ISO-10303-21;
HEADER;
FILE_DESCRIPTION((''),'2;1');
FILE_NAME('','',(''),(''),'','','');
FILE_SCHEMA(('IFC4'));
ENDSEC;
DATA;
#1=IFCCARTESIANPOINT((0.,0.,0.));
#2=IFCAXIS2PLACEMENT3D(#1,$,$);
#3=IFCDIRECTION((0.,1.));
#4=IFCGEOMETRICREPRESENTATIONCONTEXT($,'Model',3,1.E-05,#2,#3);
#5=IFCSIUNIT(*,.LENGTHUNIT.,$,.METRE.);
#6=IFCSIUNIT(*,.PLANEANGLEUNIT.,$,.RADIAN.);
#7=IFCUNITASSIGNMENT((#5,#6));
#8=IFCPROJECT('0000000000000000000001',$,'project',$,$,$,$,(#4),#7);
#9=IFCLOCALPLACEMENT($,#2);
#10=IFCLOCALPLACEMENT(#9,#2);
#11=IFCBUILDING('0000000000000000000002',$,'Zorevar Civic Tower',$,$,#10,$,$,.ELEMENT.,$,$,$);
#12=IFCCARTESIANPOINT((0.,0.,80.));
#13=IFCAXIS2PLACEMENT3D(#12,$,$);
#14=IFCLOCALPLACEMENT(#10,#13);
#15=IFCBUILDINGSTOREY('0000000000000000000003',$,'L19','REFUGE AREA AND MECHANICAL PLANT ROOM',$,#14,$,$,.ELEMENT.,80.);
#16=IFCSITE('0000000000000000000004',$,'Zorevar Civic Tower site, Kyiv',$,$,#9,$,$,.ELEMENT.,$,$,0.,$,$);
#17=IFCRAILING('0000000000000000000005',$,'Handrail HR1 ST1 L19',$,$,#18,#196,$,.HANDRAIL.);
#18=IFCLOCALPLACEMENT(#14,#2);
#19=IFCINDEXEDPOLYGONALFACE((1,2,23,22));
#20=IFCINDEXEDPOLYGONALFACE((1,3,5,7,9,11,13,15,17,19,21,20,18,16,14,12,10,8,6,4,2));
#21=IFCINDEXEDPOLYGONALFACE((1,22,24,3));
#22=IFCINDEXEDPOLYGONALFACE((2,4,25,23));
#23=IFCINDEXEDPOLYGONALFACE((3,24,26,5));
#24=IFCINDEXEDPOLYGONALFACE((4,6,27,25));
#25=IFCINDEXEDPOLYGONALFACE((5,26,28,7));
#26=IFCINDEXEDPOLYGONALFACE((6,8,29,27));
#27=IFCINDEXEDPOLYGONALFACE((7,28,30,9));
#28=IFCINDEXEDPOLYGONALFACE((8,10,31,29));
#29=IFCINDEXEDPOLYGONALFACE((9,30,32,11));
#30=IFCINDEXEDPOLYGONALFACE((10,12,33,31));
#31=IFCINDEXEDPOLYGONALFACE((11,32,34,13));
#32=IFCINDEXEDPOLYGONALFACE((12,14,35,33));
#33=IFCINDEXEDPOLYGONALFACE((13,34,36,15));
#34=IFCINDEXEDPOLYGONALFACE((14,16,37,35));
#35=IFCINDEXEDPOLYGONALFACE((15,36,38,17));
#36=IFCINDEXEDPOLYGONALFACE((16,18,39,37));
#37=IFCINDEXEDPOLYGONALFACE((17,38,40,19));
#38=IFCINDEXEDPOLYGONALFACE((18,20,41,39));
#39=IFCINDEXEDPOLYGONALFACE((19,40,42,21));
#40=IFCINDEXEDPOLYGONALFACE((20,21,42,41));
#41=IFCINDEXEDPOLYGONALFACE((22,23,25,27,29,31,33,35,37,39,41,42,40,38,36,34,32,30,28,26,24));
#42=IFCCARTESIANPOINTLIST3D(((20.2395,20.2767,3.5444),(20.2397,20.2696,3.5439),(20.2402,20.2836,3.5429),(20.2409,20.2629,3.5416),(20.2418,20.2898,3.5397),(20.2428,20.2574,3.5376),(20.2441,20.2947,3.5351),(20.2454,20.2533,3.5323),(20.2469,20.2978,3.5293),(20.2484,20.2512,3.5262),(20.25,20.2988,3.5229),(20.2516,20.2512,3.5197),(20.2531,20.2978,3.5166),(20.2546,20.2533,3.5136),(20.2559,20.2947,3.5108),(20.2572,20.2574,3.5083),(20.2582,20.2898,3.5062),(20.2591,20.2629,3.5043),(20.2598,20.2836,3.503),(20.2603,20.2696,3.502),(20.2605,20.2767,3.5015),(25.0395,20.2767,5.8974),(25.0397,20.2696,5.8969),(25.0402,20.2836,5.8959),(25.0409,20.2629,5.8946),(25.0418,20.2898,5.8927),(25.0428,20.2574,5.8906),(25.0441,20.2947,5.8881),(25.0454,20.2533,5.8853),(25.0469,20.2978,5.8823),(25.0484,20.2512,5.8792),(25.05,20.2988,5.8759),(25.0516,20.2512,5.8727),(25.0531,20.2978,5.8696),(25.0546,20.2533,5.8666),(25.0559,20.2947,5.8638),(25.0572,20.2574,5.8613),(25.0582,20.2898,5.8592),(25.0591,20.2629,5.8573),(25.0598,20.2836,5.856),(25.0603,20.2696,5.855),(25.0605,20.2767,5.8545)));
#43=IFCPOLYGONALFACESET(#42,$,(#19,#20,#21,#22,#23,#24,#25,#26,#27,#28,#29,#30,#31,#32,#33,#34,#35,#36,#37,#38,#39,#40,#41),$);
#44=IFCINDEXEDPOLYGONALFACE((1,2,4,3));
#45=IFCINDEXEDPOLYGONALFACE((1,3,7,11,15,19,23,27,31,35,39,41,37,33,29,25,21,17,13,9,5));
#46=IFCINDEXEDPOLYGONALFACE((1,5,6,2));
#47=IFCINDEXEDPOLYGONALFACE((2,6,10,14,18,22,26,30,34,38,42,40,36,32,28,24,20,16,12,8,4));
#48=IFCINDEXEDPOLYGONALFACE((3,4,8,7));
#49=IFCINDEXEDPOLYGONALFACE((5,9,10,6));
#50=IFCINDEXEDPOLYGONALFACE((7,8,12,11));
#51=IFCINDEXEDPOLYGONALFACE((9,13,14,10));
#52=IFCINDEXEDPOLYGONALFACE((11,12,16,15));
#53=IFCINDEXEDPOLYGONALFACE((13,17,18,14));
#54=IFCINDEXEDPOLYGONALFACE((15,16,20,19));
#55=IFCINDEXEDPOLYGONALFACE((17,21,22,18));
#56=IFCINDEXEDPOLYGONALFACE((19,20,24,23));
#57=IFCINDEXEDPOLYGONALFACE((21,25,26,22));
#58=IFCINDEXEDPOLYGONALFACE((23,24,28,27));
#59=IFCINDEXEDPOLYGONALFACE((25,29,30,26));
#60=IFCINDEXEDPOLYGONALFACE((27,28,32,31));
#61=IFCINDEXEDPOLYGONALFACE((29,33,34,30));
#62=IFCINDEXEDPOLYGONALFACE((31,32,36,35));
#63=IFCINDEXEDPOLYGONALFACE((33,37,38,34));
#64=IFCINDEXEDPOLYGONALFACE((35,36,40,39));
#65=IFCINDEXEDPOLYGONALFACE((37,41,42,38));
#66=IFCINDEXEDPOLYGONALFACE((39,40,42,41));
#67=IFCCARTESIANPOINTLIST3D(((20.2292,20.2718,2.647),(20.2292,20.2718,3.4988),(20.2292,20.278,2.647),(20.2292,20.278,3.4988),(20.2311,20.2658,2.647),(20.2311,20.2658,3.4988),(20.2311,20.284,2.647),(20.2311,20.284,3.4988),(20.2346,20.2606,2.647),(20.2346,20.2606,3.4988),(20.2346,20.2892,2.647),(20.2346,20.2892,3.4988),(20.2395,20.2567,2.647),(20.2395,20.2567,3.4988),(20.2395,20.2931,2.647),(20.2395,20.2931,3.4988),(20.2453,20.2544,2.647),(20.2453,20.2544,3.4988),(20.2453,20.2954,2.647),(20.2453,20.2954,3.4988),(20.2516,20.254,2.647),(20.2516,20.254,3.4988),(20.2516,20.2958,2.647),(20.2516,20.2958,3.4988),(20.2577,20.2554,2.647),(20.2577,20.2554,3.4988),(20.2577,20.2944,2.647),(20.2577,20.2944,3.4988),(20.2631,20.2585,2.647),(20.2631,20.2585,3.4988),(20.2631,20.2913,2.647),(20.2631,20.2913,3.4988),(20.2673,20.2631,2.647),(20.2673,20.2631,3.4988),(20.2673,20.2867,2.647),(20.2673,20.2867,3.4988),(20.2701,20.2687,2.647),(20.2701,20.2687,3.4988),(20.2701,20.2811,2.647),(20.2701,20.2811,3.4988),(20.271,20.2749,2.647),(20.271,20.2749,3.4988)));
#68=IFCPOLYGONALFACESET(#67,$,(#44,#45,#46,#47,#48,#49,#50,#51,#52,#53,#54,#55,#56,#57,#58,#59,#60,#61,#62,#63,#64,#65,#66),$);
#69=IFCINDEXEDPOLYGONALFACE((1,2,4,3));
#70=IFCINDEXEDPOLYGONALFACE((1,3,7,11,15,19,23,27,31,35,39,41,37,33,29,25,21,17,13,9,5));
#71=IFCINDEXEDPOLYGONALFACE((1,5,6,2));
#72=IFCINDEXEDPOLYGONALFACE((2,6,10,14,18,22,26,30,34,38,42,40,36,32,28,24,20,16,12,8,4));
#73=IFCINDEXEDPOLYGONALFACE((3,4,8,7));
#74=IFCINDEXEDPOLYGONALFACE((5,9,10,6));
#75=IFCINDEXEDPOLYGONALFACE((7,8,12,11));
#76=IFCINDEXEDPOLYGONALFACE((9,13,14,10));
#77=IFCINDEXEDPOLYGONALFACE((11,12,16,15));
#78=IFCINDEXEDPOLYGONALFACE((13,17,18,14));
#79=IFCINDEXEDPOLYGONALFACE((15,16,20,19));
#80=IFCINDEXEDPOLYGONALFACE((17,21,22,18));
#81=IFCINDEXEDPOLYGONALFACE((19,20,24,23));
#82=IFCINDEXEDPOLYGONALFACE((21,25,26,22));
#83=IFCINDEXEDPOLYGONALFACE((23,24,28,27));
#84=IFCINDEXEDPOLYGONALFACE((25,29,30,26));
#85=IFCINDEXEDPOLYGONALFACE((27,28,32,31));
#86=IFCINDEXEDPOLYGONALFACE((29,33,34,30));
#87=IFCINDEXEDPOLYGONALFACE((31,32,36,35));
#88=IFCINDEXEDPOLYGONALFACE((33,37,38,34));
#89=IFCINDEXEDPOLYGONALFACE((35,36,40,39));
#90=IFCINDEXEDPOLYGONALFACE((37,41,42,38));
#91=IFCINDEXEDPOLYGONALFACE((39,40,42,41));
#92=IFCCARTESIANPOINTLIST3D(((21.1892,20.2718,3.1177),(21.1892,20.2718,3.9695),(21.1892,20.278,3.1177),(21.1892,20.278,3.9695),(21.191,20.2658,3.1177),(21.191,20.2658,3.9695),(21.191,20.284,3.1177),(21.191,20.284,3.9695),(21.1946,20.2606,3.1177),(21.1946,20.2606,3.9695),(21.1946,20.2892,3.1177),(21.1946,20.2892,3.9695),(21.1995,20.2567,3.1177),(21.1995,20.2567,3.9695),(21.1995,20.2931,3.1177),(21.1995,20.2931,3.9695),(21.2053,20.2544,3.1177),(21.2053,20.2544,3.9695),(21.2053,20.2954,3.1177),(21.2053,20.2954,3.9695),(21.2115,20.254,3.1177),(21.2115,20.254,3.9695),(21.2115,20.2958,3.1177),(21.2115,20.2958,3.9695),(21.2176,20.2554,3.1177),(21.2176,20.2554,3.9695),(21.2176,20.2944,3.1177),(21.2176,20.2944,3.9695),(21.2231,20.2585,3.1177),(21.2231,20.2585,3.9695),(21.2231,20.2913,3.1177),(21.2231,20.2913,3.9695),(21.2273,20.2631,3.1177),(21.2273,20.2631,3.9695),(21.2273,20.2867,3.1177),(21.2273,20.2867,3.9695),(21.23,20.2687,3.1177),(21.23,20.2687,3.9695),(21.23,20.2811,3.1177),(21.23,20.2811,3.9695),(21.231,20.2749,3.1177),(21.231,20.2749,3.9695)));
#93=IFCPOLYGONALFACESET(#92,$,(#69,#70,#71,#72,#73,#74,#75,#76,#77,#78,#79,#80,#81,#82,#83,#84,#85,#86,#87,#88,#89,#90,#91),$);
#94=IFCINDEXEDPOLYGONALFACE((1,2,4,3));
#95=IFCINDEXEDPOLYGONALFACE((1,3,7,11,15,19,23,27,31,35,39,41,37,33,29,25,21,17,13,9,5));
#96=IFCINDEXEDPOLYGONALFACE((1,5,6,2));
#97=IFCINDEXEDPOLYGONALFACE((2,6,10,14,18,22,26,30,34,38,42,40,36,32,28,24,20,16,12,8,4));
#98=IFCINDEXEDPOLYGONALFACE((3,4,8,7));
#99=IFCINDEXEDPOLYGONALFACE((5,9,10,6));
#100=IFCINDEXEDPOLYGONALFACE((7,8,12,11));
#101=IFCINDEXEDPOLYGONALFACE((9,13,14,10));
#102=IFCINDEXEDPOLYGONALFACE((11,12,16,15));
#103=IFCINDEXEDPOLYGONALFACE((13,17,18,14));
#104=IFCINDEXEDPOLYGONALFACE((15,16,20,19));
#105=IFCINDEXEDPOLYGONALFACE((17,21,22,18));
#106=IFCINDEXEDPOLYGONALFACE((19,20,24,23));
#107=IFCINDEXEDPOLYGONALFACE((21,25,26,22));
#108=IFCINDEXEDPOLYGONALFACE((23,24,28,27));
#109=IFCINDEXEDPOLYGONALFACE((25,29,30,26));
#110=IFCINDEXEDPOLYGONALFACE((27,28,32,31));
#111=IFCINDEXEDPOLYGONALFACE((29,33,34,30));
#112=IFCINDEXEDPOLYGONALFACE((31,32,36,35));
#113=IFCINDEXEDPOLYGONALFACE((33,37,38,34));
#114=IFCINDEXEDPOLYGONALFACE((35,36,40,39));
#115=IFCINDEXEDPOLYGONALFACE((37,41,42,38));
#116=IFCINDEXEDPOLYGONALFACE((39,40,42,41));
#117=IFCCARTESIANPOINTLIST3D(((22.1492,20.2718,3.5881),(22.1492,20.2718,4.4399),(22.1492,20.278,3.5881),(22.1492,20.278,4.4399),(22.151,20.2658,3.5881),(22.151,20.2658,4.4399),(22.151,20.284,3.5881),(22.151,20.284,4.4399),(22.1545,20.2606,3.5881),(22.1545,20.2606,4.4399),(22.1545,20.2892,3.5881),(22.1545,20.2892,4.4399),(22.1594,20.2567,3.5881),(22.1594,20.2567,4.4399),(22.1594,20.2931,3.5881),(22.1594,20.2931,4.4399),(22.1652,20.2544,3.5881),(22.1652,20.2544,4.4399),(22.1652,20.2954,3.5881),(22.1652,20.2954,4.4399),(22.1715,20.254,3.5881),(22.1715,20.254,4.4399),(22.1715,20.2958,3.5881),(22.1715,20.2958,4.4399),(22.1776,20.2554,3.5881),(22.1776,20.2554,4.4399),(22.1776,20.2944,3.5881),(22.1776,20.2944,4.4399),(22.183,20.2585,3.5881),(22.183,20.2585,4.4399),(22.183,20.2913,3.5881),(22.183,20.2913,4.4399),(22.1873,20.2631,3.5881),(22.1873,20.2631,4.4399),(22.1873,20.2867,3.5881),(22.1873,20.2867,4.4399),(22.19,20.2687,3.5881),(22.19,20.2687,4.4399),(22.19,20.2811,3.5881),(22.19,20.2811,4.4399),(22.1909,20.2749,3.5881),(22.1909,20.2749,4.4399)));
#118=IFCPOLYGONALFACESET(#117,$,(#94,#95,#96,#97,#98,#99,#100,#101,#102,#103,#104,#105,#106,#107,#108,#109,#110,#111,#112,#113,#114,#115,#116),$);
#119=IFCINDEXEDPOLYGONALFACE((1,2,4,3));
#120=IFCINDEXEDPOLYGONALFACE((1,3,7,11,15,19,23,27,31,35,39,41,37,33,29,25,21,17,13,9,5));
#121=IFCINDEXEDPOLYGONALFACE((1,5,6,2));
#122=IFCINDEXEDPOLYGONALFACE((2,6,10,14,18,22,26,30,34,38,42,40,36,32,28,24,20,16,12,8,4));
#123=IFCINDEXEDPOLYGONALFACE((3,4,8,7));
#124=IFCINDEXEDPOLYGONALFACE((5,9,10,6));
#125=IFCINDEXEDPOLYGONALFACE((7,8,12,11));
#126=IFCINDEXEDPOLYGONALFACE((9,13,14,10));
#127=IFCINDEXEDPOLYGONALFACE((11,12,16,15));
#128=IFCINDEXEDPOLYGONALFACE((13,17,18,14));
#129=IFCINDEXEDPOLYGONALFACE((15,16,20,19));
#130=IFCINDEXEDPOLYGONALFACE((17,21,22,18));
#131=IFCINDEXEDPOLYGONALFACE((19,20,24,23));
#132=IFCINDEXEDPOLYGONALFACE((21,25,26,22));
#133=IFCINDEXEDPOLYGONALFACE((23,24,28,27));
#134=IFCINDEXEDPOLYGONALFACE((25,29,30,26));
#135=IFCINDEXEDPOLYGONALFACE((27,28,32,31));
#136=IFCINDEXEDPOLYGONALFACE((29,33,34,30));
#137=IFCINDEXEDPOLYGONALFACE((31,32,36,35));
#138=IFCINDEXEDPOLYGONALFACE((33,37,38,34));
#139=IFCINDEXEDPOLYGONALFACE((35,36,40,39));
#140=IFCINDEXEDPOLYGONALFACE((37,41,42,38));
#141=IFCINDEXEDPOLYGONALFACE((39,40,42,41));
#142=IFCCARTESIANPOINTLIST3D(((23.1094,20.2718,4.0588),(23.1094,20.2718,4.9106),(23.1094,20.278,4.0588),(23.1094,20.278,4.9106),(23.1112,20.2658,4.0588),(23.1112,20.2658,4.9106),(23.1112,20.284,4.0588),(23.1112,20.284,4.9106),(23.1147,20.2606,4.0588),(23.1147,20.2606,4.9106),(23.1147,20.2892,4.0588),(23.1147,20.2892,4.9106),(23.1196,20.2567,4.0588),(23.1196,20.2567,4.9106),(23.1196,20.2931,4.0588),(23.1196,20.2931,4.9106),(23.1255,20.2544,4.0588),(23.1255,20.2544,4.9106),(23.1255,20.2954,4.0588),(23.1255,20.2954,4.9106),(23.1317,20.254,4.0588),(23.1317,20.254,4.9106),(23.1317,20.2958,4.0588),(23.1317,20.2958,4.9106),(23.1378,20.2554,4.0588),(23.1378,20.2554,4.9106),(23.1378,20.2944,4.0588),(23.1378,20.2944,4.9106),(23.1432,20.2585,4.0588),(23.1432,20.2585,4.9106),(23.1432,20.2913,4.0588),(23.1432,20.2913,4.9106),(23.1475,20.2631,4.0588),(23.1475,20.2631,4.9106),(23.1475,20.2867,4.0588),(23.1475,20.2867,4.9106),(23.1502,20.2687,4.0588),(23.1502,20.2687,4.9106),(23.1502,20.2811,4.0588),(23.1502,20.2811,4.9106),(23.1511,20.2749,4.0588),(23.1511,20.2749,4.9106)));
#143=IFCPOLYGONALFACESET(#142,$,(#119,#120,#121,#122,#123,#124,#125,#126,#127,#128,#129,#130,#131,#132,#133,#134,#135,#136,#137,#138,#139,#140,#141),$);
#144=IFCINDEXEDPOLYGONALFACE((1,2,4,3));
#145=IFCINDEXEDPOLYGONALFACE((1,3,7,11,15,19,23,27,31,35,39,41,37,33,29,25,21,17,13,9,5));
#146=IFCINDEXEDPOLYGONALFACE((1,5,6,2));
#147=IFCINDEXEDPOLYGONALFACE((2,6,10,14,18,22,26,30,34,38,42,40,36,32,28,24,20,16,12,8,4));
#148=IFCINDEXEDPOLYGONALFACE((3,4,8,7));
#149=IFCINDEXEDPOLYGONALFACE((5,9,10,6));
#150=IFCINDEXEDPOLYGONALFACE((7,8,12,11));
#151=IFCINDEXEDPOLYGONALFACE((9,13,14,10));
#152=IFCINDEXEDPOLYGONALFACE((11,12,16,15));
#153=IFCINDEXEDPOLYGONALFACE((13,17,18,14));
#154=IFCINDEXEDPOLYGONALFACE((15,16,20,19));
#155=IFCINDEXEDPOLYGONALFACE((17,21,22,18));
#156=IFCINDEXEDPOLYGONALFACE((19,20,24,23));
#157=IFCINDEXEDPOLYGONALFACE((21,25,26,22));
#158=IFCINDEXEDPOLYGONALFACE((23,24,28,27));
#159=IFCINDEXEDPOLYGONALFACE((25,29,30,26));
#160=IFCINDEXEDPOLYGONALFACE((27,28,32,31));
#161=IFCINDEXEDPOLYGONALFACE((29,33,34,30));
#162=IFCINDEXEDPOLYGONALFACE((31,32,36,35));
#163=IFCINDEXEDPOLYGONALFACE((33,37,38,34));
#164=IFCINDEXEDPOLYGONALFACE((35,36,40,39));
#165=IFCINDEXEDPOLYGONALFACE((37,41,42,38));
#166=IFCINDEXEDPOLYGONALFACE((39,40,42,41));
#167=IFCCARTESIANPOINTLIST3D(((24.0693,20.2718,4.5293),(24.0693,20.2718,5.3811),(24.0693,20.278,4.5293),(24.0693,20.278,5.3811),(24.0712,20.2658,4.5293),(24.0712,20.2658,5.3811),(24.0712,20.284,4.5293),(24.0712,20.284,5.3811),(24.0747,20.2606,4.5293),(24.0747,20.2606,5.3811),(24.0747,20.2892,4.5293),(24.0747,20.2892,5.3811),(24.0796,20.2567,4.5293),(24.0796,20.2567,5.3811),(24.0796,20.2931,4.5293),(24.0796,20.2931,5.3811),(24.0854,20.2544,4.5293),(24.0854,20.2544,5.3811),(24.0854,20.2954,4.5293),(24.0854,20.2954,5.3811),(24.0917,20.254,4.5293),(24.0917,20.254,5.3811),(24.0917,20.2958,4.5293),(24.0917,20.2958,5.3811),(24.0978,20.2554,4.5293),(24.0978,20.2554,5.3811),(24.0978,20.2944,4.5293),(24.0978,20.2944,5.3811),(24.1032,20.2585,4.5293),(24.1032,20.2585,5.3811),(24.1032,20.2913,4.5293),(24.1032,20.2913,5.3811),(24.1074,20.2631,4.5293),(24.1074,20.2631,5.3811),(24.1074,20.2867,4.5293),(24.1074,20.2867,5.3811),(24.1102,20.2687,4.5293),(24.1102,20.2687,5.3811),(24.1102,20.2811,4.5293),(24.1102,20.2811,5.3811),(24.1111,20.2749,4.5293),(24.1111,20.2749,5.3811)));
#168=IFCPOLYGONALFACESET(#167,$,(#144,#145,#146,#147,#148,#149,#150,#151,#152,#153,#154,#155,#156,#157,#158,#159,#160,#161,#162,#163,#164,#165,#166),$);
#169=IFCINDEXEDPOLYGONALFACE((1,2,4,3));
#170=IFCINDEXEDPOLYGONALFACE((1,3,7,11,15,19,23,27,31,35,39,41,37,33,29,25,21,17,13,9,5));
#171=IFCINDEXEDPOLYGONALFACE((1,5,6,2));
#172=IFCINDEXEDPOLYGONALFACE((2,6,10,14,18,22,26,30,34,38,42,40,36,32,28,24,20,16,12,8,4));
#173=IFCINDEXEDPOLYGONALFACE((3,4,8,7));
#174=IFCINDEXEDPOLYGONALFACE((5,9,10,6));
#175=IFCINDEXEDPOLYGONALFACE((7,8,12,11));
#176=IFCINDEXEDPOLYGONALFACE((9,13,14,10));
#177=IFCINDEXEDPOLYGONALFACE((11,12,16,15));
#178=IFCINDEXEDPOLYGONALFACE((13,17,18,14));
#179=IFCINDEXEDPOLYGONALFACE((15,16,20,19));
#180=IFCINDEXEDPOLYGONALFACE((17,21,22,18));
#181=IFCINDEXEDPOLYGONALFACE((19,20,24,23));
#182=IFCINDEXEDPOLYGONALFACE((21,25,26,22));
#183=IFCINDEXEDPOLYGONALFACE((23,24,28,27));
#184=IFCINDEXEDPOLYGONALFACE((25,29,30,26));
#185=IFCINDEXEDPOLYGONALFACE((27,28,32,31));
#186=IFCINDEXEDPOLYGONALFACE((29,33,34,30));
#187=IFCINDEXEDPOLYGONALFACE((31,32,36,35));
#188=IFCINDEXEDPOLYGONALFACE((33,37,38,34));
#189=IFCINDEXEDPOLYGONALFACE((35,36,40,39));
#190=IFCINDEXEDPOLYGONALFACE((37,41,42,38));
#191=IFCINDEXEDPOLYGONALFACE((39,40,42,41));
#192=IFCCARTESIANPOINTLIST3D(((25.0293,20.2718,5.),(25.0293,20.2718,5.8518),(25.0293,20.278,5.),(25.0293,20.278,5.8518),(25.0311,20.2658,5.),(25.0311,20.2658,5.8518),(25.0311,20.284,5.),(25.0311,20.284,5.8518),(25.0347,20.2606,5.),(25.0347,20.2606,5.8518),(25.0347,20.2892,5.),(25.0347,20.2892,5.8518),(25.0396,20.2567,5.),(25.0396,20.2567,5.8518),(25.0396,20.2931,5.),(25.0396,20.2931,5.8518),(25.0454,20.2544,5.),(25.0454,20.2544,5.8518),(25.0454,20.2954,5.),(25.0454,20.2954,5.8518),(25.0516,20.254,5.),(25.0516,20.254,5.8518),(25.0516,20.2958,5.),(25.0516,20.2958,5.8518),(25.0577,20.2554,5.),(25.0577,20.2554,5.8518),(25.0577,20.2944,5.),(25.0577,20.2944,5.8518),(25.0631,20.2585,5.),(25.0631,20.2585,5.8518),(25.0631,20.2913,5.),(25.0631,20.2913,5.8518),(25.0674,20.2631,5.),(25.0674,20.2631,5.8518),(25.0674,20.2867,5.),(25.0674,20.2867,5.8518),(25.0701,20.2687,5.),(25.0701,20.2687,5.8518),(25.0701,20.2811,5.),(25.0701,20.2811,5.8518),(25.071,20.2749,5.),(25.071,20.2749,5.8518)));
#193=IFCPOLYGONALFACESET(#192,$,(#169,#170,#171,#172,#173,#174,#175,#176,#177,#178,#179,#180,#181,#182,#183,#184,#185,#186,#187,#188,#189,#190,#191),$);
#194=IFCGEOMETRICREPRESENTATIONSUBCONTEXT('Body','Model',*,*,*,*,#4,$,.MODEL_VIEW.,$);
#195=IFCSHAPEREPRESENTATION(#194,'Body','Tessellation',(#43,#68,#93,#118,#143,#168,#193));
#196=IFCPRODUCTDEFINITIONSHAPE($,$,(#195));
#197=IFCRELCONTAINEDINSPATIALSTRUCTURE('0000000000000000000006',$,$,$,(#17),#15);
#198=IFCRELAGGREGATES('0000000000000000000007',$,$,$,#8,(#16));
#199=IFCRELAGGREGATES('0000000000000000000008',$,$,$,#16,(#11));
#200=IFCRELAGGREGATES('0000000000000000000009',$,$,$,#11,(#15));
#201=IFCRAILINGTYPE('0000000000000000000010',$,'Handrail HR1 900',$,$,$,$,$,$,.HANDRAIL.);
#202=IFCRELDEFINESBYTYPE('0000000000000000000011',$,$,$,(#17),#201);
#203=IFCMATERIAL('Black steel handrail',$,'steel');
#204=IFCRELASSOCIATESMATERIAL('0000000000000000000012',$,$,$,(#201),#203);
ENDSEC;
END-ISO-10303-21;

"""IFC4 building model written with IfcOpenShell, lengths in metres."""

from ifc_helpers import new_model, si_unit, direction, frame, origin, origin_2d, place, context, subcontext, project, spatial, circle, extrude, material, type_object, element, save


model = new_model("IFC4")

# Units and contexts
model_context = context("Model", 3, precision=1e-05, world=origin(), true_north=direction((0.0, 1.0)))
body_context = subcontext(model_context, "Body", "Model", "MODEL_VIEW")
ifc_project = project(units=[si_unit("LENGTHUNIT", "METRE"), si_unit("PLANEANGLEUNIT", "RADIAN")], contexts=[model_context])

# Site, building, storey
site_placement = place(None, origin())
site = spatial("IfcSite", under=ifc_project, at=site_placement, Name="Zorevar Civic Tower site, Kyiv", CompositionType="ELEMENT", RefElevation=0.0)
building_placement = place(site_placement, origin())
building = spatial("IfcBuilding", under=site, at=building_placement, Name="Zorevar Civic Tower", CompositionType="ELEMENT")
storey_placement = place(building_placement, frame((0.0, 0.0, 80.0)))
storey = spatial("IfcBuildingStorey", under=building, at=storey_placement, Name="L19", Description="REFUGE AREA AND MECHANICAL PLANT ROOM", CompositionType="ELEMENT", Elevation=80.0)

# Railing
ifc_material_1 = material(Name="Black steel handrail", Category="steel")
railing_type = type_object("IfcRailingType", Name="Handrail HR1 900", PredefinedType="HANDRAIL", material=ifc_material_1)
railing_1_placement = place(storey_placement, frame((20.25, 20.2749, 2.647)))
element("IfcRailing", 1, at=railing_1_placement, inside=storey, type_object=railing_type, Name="Handrail HR1 ST1 L19", PredefinedType="HANDRAIL", context=body_context, shape_type="SweptSolid", body=[
    extrude(circle(Radius=0.0239, at=origin_2d()), frame((0.0, 0.0, 0.876), z_axis=(0.897916, 0.0, 0.440167), x_axis=(0.0, 1.0, 0.0)), (0.0, 0.0, 1.0), 5.3457),
    extrude(circle(Radius=0.021, at=origin_2d()), origin(), (0.0, 0.0, 1.0), 0.8518),
    extrude(circle(Radius=0.021, at=origin_2d()), frame((0.96, 0.0, 0.4707)), (0.0, 0.0, 1.0), 0.8518),
    extrude(circle(Radius=0.021, at=origin_2d()), frame((1.9199, 0.0, 0.9412)), (0.0, 0.0, 1.0), 0.8518),
    extrude(circle(Radius=0.021, at=origin_2d()), frame((2.8801, 0.0, 1.4119)), (0.0, 0.0, 1.0), 0.8518),
    extrude(circle(Radius=0.021, at=origin_2d()), frame((3.8401, 0.0, 1.8823)), (0.0, 0.0, 1.0), 0.8518),
    extrude(circle(Radius=0.021, at=origin_2d()), frame((4.8, 0.0, 2.353)), (0.0, 0.0, 1.0), 0.8518),
])

save(model, "model.ifc")
